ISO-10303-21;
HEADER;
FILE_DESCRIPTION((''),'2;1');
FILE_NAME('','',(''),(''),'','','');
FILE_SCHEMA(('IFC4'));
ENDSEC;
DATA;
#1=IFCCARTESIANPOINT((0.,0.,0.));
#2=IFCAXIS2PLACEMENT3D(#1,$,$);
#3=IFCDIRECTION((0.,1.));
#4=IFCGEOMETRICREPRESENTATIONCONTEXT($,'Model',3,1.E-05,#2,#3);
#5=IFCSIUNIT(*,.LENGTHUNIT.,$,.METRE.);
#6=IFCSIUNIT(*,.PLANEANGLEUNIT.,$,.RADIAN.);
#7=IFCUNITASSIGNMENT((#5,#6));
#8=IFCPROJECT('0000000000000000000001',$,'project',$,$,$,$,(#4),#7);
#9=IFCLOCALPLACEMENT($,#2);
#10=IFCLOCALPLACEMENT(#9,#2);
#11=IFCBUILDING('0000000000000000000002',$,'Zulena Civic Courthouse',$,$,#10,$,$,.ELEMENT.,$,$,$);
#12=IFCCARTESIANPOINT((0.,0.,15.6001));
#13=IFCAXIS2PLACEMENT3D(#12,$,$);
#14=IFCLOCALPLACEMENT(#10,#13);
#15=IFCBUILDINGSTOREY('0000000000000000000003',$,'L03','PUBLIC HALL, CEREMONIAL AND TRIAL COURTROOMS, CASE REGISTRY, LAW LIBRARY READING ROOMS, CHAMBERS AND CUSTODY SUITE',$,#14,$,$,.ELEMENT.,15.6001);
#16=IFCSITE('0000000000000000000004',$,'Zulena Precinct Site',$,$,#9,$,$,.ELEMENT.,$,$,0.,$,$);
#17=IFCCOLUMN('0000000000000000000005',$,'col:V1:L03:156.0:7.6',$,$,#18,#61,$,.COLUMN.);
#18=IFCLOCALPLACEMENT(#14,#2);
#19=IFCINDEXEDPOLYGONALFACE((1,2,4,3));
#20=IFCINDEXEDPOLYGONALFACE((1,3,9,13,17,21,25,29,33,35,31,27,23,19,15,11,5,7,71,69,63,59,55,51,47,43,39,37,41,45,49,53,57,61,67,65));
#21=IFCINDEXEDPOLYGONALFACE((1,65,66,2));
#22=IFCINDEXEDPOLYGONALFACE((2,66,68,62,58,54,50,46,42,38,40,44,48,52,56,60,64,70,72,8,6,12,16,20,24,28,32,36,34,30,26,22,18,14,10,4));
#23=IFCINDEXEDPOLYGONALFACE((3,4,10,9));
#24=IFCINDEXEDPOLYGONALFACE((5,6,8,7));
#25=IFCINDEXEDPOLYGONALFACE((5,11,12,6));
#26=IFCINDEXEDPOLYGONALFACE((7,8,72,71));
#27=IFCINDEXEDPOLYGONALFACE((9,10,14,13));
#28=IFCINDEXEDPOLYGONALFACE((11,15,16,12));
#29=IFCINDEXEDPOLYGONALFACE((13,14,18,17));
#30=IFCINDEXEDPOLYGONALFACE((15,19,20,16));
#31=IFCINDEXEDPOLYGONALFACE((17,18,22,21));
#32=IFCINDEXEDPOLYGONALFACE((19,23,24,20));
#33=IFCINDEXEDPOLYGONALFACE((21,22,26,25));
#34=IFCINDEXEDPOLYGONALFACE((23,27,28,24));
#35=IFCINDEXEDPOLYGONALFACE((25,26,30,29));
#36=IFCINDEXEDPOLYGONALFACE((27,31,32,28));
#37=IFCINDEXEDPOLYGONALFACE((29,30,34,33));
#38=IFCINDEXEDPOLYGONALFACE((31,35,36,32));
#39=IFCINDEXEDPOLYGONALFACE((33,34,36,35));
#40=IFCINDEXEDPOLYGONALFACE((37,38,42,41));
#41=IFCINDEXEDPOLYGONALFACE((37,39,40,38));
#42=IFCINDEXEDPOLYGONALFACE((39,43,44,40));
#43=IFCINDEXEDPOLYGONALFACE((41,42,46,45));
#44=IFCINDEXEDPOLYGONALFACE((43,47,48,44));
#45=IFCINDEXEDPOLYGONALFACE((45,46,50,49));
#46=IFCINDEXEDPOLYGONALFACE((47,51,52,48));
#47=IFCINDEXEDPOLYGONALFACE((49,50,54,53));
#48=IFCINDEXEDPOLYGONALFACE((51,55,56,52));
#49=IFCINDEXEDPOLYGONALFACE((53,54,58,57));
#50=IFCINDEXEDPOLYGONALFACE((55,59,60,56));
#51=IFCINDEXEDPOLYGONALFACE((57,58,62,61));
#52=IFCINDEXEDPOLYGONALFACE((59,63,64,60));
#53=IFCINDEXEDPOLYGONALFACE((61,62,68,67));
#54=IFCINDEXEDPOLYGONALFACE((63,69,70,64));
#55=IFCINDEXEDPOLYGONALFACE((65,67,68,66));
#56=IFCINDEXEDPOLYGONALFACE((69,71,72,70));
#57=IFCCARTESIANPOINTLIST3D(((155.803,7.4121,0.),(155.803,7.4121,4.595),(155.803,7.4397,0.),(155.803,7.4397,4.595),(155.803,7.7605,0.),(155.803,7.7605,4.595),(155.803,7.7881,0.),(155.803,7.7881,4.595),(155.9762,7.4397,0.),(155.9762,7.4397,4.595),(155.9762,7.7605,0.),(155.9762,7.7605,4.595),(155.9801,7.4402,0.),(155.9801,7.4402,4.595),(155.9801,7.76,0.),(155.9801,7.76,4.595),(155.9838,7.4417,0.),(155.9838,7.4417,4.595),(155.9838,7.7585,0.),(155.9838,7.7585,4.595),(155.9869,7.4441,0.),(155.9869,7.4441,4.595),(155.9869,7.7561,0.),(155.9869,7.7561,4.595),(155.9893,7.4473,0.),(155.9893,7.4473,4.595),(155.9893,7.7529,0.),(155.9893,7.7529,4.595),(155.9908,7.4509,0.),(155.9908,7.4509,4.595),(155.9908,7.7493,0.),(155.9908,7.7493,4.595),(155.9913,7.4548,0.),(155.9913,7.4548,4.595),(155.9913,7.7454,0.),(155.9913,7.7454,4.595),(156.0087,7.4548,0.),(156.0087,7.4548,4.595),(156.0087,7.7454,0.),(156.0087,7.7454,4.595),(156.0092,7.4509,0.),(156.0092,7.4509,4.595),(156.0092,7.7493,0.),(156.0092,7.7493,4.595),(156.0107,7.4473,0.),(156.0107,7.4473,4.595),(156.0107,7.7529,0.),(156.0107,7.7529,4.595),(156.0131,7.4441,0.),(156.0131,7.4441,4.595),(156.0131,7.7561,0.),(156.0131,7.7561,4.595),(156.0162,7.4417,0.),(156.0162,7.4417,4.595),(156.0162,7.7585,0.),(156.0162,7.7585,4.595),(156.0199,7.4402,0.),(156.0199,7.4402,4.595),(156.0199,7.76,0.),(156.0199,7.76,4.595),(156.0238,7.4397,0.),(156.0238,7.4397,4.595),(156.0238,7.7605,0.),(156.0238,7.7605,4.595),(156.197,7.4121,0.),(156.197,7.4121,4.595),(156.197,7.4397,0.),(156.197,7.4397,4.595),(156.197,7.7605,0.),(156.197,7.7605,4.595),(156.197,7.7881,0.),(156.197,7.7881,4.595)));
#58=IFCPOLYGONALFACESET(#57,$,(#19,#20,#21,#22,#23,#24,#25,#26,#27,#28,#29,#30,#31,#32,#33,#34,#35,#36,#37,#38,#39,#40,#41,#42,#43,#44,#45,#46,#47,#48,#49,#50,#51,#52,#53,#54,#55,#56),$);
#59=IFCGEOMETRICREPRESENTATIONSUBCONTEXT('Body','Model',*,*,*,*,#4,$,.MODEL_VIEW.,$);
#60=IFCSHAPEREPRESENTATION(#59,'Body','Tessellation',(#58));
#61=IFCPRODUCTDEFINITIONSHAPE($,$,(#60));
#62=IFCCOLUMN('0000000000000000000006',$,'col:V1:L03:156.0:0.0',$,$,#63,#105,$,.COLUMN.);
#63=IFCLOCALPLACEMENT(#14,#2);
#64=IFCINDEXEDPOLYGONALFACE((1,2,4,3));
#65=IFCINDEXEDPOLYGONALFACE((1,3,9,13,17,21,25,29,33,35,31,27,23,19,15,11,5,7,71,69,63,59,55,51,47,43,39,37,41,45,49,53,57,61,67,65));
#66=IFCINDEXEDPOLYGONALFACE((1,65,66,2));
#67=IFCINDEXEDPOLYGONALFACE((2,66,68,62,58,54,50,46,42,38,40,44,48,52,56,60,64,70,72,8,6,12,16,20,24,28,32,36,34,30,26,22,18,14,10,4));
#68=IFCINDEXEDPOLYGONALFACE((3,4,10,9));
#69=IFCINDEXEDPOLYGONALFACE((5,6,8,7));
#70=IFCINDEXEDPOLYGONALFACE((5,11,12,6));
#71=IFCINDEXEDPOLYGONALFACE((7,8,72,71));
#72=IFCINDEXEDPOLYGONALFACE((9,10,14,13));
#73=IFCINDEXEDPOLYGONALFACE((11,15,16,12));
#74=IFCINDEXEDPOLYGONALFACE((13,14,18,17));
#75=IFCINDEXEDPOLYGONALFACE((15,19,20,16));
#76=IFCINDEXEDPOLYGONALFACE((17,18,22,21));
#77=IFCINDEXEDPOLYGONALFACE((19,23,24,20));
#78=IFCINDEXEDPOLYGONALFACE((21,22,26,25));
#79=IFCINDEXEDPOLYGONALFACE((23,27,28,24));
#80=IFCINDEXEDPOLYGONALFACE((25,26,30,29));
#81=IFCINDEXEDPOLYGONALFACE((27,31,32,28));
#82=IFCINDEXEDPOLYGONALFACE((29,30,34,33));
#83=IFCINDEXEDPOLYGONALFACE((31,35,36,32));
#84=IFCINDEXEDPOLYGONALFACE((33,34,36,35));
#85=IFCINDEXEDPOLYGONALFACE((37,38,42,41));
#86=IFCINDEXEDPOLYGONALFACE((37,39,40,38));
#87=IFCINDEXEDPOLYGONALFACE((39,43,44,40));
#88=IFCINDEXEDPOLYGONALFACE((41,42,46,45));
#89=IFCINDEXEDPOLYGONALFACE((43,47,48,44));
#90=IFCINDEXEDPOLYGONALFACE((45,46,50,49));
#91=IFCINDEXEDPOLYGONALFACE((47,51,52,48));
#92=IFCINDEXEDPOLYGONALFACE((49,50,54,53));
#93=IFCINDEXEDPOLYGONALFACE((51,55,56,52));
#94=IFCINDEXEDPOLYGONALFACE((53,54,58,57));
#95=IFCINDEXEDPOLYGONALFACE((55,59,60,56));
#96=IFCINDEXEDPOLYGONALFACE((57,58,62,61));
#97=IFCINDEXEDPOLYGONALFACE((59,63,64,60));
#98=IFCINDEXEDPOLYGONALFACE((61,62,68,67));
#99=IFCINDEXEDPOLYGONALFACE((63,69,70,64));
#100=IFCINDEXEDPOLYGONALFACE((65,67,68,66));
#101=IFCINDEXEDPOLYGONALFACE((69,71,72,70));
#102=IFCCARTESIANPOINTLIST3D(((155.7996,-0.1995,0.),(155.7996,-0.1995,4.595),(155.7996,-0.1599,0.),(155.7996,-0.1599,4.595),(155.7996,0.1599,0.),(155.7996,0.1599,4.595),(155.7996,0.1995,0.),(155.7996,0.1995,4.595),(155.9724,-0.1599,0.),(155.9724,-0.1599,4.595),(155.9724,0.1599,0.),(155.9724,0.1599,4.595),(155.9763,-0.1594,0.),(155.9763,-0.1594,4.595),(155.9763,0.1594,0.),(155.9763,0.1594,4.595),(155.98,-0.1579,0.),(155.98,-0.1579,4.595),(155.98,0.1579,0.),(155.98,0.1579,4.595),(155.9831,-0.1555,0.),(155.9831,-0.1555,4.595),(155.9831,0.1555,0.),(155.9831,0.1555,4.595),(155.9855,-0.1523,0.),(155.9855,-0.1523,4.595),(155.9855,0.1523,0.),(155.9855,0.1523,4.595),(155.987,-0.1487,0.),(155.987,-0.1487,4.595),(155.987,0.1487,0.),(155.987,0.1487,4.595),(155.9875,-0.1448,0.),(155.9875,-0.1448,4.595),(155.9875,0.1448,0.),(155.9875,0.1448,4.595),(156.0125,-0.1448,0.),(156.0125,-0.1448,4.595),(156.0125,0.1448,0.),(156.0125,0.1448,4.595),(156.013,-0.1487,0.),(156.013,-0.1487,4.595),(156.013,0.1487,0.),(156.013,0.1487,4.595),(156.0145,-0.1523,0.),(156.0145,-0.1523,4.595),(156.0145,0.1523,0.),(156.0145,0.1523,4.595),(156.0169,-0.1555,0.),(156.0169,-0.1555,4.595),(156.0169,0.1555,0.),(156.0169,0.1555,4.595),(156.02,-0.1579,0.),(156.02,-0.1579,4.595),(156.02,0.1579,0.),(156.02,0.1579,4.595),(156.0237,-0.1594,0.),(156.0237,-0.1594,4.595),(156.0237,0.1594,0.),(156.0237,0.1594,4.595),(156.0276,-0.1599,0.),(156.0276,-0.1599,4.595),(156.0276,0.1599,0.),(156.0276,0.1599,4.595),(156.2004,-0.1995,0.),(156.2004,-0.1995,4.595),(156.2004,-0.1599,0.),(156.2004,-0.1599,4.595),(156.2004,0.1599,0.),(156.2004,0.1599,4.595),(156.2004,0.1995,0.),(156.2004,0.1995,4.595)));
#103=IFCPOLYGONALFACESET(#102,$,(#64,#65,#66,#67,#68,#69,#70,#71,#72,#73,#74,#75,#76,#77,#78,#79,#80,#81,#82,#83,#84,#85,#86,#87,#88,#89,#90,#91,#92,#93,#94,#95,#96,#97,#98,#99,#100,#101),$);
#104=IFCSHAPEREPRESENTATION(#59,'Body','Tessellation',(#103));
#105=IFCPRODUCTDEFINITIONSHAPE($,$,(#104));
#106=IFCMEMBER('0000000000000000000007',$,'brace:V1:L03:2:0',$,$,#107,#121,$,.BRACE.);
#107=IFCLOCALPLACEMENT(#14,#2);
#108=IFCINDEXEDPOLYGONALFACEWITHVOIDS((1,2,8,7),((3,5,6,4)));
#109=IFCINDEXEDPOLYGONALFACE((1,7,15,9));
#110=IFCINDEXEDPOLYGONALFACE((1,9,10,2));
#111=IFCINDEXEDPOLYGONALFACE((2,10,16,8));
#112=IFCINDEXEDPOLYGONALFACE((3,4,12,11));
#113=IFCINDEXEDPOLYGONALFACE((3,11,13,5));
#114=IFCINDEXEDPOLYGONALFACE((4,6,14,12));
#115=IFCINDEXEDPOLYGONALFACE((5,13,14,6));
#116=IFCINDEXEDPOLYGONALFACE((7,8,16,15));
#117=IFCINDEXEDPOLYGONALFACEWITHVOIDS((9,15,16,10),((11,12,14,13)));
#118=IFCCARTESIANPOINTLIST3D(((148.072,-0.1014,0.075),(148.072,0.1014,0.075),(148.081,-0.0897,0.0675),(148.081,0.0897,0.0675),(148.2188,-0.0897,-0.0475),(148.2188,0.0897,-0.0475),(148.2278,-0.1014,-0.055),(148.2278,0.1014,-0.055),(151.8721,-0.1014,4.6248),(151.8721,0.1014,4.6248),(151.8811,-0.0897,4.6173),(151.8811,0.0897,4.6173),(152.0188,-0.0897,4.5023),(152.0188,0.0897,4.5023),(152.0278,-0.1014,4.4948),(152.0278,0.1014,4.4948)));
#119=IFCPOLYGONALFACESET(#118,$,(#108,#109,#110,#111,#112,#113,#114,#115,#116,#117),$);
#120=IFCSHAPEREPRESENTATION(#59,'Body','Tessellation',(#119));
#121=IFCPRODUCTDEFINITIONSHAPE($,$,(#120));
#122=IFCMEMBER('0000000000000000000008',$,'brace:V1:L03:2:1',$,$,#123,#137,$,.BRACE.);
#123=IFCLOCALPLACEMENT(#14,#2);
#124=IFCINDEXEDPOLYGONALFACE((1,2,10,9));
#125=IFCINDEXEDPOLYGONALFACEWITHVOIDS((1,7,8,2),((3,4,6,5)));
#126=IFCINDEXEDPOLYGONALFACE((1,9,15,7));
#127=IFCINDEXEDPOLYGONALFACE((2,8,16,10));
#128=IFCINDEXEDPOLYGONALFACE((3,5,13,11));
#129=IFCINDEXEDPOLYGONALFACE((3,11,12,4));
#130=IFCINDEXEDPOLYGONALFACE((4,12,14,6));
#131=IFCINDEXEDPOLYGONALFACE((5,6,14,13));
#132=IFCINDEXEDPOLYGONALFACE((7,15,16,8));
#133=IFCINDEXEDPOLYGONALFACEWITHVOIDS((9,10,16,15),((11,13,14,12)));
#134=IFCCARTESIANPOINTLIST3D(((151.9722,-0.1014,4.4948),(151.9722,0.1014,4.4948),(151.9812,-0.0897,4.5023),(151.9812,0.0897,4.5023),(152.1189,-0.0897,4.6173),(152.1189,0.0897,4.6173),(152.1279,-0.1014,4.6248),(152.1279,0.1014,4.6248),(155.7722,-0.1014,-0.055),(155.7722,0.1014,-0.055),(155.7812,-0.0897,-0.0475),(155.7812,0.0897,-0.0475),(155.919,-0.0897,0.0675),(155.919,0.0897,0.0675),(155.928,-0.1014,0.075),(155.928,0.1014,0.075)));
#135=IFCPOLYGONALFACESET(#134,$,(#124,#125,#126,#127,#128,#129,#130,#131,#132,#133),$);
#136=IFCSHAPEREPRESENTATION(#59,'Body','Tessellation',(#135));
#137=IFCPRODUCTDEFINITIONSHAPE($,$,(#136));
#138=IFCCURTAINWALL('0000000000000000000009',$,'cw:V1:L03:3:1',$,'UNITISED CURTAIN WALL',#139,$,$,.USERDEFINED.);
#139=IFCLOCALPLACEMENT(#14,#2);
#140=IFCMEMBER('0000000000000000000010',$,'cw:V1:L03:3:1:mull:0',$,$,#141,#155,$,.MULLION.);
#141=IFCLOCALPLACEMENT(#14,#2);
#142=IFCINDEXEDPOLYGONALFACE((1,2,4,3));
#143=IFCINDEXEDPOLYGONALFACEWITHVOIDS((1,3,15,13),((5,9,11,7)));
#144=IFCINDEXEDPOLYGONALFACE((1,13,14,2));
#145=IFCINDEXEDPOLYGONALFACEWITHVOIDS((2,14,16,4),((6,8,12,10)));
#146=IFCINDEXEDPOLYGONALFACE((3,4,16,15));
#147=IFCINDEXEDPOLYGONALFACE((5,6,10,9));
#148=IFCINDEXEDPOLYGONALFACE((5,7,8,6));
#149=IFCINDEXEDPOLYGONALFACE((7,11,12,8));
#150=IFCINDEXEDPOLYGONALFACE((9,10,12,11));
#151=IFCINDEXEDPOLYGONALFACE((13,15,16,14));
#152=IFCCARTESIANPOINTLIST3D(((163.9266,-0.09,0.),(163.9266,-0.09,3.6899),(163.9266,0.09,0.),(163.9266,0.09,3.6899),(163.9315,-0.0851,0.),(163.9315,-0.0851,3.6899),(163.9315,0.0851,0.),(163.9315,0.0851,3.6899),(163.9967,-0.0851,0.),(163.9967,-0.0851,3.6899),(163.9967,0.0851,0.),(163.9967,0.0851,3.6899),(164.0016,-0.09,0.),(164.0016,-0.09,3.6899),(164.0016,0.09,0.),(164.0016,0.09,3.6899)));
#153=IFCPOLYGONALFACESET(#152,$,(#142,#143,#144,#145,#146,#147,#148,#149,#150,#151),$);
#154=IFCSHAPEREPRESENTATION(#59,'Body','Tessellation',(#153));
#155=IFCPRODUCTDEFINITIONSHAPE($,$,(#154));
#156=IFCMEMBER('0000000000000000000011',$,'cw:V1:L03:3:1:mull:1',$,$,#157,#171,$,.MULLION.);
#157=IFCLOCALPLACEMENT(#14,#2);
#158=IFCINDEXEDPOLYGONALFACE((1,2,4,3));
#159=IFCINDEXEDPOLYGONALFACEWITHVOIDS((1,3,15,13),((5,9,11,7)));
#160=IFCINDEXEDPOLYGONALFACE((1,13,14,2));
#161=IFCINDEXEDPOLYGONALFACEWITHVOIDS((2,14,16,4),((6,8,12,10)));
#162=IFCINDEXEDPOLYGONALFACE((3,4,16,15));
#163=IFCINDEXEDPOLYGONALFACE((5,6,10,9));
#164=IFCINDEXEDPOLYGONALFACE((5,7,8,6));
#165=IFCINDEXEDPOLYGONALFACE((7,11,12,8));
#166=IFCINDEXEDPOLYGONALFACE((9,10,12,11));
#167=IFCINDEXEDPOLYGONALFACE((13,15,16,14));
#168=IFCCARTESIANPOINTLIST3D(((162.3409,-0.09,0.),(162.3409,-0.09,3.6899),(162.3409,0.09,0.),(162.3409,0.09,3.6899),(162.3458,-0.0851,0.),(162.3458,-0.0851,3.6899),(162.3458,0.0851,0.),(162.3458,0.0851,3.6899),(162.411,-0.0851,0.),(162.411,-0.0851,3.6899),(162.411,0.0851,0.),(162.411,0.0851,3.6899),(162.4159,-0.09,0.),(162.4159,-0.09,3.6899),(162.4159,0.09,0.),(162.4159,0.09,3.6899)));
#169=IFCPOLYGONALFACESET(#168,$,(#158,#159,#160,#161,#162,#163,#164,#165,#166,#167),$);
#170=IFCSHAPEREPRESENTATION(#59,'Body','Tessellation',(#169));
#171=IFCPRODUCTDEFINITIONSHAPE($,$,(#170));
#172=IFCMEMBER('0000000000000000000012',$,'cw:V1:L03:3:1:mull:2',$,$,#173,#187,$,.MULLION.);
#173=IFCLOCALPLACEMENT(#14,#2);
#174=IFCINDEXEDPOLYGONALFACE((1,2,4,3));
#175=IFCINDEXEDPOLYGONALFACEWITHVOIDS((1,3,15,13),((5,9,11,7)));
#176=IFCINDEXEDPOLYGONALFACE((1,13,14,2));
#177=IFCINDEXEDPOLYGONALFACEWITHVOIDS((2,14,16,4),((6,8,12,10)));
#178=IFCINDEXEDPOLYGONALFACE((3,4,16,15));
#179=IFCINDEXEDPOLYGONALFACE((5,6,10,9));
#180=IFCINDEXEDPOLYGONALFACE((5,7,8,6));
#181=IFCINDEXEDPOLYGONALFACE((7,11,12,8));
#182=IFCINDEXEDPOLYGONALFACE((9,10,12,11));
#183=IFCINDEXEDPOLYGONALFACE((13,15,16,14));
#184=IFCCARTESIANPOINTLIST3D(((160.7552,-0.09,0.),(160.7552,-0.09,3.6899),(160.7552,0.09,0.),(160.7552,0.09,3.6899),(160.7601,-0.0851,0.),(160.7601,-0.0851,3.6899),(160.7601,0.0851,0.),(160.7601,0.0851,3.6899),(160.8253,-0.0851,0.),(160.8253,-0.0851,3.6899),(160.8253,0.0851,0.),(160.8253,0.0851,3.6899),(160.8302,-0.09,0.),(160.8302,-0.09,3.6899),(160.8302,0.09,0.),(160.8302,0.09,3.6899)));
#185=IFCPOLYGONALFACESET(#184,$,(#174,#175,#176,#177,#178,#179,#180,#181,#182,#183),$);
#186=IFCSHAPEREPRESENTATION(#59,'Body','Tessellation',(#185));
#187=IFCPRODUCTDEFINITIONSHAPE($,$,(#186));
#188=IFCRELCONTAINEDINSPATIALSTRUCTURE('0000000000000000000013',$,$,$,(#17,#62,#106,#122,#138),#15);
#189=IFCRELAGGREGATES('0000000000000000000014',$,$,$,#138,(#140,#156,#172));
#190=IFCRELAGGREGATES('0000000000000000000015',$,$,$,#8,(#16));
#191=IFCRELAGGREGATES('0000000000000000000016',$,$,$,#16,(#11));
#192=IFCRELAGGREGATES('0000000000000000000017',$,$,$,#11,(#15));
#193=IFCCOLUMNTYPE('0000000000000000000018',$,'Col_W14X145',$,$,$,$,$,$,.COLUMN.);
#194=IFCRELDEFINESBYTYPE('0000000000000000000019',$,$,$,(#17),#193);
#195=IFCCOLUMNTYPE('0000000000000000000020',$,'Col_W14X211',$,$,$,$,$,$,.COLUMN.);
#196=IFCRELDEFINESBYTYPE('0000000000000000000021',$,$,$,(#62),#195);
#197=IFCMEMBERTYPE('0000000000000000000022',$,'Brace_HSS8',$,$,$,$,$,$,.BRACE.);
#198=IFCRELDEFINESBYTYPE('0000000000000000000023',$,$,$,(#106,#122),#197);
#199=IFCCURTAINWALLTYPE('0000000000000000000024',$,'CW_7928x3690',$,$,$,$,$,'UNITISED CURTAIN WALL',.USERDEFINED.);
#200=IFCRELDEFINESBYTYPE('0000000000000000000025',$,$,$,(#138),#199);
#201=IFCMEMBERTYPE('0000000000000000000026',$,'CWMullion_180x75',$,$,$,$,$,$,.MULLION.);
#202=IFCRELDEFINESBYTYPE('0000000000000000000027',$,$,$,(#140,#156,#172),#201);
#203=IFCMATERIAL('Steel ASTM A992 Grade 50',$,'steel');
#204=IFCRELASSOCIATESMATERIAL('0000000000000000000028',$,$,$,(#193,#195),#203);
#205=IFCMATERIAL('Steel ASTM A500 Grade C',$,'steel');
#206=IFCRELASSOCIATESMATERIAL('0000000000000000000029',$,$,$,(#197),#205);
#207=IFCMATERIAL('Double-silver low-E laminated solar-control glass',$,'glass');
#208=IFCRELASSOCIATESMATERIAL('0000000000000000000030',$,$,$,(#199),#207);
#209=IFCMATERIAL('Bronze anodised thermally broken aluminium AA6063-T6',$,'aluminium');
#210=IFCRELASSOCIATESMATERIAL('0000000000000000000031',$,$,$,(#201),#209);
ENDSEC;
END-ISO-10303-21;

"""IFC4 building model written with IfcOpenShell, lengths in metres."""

from ifc_helpers import new_model, si_unit, direction, frame, origin, origin_2d, place, context, subcontext, project, spatial, hollow_rectangle, i_section, extrude, material, material_profile, profile_set, type_object, element, aggregate, save


model = new_model("IFC4")

# Units and contexts
model_context = context("Model", 3, precision=1e-05, world=origin(), true_north=direction((0.0, 1.0)))
body_context = subcontext(model_context, "Body", "Model", "MODEL_VIEW")
ifc_project = project(units=[si_unit("LENGTHUNIT", "METRE"), si_unit("PLANEANGLEUNIT", "RADIAN")], contexts=[model_context])

# Site, building, storey
site_placement = place(None, origin())
site = spatial("IfcSite", under=ifc_project, at=site_placement, Name="Zulena Precinct Site", CompositionType="ELEMENT", RefElevation=0.0)
building_placement = place(site_placement, origin())
building = spatial("IfcBuilding", under=site, at=building_placement, Name="Zulena Civic Courthouse", CompositionType="ELEMENT")
storey_placement = place(building_placement, frame((0.0, 0.0, 15.6001)))
storey = spatial("IfcBuildingStorey", under=building, at=storey_placement, Name="L03", Description="PUBLIC HALL, CEREMONIAL AND TRIAL COURTROOMS, CASE REGISTRY, LAW LIBRARY READING ROOMS, CHAMBERS AND CUSTODY SUITE", CompositionType="ELEMENT", Elevation=15.6001)

# Columns
ifc_material_1 = material(Name="Steel ASTM A992 Grade 50", Category="steel")
ifc_material_profile_1 = material_profile(ifc_material_1, i_section(OverallWidth=0.394, OverallDepth=0.376, WebThickness=0.0173, FlangeThickness=0.0276, FilletRadius=0.0151, at=origin_2d()), Name="W14X145")
ifc_profile_set_1 = profile_set([ifc_material_profile_1], Name="Steel ASTM A992 Grade 50")
column_type_1 = type_object("IfcColumnType", Name="Col_W14X145", PredefinedType="COLUMN", material=ifc_profile_set_1)
column_1_placement = place(storey_placement, frame((156.0, 7.6001, 0.0), z_axis=(0.0, 0.0, 1.0), x_axis=(1.0, 0.0, 0.0)))
element("IfcColumn", 1, at=column_1_placement, inside=storey, type_object=column_type_1, Name="col:V1:L03:156.0:7.6", PredefinedType="COLUMN", context=body_context, shape_type="SweptSolid", body=[
    extrude(i_section(OverallWidth=0.394, OverallDepth=0.376, WebThickness=0.0173, FlangeThickness=0.0276, FilletRadius=0.0151, at=origin_2d()), origin(), (0.0, 0.0, 1.0), 4.595),
])
ifc_material_profile_2 = material_profile(ifc_material_1, i_section(OverallWidth=0.4009, OverallDepth=0.3989, WebThickness=0.0249, FlangeThickness=0.0396, FilletRadius=0.0151, at=origin_2d()), Name="W14X211")
ifc_profile_set_2 = profile_set([ifc_material_profile_2], Name="Steel ASTM A992 Grade 50")
column_type_2 = type_object("IfcColumnType", Name="Col_W14X211", PredefinedType="COLUMN", material=ifc_profile_set_2)
column_2_placement = place(storey_placement, frame((156.0, 0.0, 0.0), z_axis=(0.0, 0.0, 1.0), x_axis=(1.0, 0.0, 0.0)))
element("IfcColumn", 2, at=column_2_placement, inside=storey, type_object=column_type_2, Name="col:V1:L03:156.0:0.0", PredefinedType="COLUMN", context=body_context, shape_type="SweptSolid", body=[
    extrude(i_section(OverallWidth=0.4009, OverallDepth=0.3989, WebThickness=0.0249, FlangeThickness=0.0396, FilletRadius=0.0151, at=origin_2d()), origin(), (0.0, 0.0, 1.0), 4.595),
])

# Members
ifc_material_2 = material(Name="Steel ASTM A500 Grade C", Category="steel")
ifc_material_profile_3 = material_profile(ifc_material_2, hollow_rectangle(XDim=0.2029, YDim=0.2029, WallThickness=0.0117, at=origin_2d()), Name="HSS8X8X1/2")
ifc_profile_set_3 = profile_set([ifc_material_profile_3], Name="Steel ASTM A500 Grade C")
member_type_1 = type_object("IfcMemberType", Name="Brace_HSS8", PredefinedType="BRACE", material=ifc_profile_set_3)
for number, where, z_axis, x_axis, name in (
    (3, (148.1499, 0.0, 0.01), (0.641035, 0.0, 0.767512), (0.0, 1.0, 0.0), "brace:V1:L03:2:0"),
    (4, (155.8501, 0.0, 0.01), (-0.641035, 0.0, 0.767512), (0.0, -1.0, 0.0), "brace:V1:L03:2:1"),
):
    element("IfcMember", number, at=place(storey_placement, frame(where, z_axis=z_axis, x_axis=x_axis)), inside=storey, type_object=member_type_1, Name=name, PredefinedType="BRACE", context=body_context, shape_type="SweptSolid", body=[
        extrude(hollow_rectangle(XDim=0.2029, YDim=0.2029, WallThickness=0.0117, at=origin_2d()), origin(), (0.0, 0.0, 1.0), 5.928),
    ])

# Curtain wall, members
ifc_material_3 = material(Name="Double-silver low-E laminated solar-control glass", Category="glass")
curtain_wall_type = type_object("IfcCurtainWallType", Name="CW_7928x3690", ElementType="UNITISED CURTAIN WALL", PredefinedType="USERDEFINED", material=ifc_material_3)
curtain_wall_placement = place(storey_placement, origin())
curtain_wall = element("IfcCurtainWall", 5, at=curtain_wall_placement, inside=storey, type_object=curtain_wall_type, Name="cw:V1:L03:3:1", ObjectType="UNITISED CURTAIN WALL", PredefinedType="USERDEFINED")
ifc_material_4 = material(Name="Bronze anodised thermally broken aluminium AA6063-T6", Category="aluminium")
ifc_material_profile_4 = material_profile(ifc_material_4, hollow_rectangle(XDim=0.075, YDim=0.1799, WallThickness=0.0049, at=origin_2d()), Name="CWM180X75X5")
ifc_profile_set_4 = profile_set([ifc_material_profile_4], Name="Bronze anodised thermally broken aluminium AA6063-T6")
member_type_2 = type_object("IfcMemberType", Name="CWMullion_180x75", PredefinedType="MULLION", material=ifc_profile_set_4)
member_1_placement = place(storey_placement, frame((163.9641, 0.0, 0.0), z_axis=(0.0, 0.0, 1.0), x_axis=(1.0, 0.0, 0.0)))
member_1 = element("IfcMember", 6, at=member_1_placement, type_object=member_type_2, Name="cw:V1:L03:3:1:mull:0", PredefinedType="MULLION", context=body_context, shape_type="SweptSolid", body=[
    extrude(hollow_rectangle(XDim=0.075, YDim=0.1799, WallThickness=0.0049, at=origin_2d()), origin(), (0.0, 0.0, 1.0), 3.6899),
])
member_2_placement = place(storey_placement, frame((162.3784, 0.0, 0.0), z_axis=(0.0, 0.0, 1.0), x_axis=(1.0, 0.0, 0.0)))
member_2 = element("IfcMember", 7, at=member_2_placement, type_object=member_type_2, Name="cw:V1:L03:3:1:mull:1", PredefinedType="MULLION", context=body_context, shape_type="SweptSolid", body=[
    extrude(hollow_rectangle(XDim=0.075, YDim=0.1799, WallThickness=0.0049, at=origin_2d()), origin(), (0.0, 0.0, 1.0), 3.6899),
])
member_3_placement = place(storey_placement, frame((160.7927, 0.0, 0.0), z_axis=(0.0, 0.0, 1.0), x_axis=(1.0, 0.0, 0.0)))
member_3 = element("IfcMember", 8, at=member_3_placement, type_object=member_type_2, Name="cw:V1:L03:3:1:mull:2", PredefinedType="MULLION", context=body_context, shape_type="SweptSolid", body=[
    extrude(hollow_rectangle(XDim=0.075, YDim=0.1799, WallThickness=0.0049, at=origin_2d()), origin(), (0.0, 0.0, 1.0), 3.6899),
])

aggregate(curtain_wall, [member_1, member_2, member_3])

save(model, "model.ifc")
